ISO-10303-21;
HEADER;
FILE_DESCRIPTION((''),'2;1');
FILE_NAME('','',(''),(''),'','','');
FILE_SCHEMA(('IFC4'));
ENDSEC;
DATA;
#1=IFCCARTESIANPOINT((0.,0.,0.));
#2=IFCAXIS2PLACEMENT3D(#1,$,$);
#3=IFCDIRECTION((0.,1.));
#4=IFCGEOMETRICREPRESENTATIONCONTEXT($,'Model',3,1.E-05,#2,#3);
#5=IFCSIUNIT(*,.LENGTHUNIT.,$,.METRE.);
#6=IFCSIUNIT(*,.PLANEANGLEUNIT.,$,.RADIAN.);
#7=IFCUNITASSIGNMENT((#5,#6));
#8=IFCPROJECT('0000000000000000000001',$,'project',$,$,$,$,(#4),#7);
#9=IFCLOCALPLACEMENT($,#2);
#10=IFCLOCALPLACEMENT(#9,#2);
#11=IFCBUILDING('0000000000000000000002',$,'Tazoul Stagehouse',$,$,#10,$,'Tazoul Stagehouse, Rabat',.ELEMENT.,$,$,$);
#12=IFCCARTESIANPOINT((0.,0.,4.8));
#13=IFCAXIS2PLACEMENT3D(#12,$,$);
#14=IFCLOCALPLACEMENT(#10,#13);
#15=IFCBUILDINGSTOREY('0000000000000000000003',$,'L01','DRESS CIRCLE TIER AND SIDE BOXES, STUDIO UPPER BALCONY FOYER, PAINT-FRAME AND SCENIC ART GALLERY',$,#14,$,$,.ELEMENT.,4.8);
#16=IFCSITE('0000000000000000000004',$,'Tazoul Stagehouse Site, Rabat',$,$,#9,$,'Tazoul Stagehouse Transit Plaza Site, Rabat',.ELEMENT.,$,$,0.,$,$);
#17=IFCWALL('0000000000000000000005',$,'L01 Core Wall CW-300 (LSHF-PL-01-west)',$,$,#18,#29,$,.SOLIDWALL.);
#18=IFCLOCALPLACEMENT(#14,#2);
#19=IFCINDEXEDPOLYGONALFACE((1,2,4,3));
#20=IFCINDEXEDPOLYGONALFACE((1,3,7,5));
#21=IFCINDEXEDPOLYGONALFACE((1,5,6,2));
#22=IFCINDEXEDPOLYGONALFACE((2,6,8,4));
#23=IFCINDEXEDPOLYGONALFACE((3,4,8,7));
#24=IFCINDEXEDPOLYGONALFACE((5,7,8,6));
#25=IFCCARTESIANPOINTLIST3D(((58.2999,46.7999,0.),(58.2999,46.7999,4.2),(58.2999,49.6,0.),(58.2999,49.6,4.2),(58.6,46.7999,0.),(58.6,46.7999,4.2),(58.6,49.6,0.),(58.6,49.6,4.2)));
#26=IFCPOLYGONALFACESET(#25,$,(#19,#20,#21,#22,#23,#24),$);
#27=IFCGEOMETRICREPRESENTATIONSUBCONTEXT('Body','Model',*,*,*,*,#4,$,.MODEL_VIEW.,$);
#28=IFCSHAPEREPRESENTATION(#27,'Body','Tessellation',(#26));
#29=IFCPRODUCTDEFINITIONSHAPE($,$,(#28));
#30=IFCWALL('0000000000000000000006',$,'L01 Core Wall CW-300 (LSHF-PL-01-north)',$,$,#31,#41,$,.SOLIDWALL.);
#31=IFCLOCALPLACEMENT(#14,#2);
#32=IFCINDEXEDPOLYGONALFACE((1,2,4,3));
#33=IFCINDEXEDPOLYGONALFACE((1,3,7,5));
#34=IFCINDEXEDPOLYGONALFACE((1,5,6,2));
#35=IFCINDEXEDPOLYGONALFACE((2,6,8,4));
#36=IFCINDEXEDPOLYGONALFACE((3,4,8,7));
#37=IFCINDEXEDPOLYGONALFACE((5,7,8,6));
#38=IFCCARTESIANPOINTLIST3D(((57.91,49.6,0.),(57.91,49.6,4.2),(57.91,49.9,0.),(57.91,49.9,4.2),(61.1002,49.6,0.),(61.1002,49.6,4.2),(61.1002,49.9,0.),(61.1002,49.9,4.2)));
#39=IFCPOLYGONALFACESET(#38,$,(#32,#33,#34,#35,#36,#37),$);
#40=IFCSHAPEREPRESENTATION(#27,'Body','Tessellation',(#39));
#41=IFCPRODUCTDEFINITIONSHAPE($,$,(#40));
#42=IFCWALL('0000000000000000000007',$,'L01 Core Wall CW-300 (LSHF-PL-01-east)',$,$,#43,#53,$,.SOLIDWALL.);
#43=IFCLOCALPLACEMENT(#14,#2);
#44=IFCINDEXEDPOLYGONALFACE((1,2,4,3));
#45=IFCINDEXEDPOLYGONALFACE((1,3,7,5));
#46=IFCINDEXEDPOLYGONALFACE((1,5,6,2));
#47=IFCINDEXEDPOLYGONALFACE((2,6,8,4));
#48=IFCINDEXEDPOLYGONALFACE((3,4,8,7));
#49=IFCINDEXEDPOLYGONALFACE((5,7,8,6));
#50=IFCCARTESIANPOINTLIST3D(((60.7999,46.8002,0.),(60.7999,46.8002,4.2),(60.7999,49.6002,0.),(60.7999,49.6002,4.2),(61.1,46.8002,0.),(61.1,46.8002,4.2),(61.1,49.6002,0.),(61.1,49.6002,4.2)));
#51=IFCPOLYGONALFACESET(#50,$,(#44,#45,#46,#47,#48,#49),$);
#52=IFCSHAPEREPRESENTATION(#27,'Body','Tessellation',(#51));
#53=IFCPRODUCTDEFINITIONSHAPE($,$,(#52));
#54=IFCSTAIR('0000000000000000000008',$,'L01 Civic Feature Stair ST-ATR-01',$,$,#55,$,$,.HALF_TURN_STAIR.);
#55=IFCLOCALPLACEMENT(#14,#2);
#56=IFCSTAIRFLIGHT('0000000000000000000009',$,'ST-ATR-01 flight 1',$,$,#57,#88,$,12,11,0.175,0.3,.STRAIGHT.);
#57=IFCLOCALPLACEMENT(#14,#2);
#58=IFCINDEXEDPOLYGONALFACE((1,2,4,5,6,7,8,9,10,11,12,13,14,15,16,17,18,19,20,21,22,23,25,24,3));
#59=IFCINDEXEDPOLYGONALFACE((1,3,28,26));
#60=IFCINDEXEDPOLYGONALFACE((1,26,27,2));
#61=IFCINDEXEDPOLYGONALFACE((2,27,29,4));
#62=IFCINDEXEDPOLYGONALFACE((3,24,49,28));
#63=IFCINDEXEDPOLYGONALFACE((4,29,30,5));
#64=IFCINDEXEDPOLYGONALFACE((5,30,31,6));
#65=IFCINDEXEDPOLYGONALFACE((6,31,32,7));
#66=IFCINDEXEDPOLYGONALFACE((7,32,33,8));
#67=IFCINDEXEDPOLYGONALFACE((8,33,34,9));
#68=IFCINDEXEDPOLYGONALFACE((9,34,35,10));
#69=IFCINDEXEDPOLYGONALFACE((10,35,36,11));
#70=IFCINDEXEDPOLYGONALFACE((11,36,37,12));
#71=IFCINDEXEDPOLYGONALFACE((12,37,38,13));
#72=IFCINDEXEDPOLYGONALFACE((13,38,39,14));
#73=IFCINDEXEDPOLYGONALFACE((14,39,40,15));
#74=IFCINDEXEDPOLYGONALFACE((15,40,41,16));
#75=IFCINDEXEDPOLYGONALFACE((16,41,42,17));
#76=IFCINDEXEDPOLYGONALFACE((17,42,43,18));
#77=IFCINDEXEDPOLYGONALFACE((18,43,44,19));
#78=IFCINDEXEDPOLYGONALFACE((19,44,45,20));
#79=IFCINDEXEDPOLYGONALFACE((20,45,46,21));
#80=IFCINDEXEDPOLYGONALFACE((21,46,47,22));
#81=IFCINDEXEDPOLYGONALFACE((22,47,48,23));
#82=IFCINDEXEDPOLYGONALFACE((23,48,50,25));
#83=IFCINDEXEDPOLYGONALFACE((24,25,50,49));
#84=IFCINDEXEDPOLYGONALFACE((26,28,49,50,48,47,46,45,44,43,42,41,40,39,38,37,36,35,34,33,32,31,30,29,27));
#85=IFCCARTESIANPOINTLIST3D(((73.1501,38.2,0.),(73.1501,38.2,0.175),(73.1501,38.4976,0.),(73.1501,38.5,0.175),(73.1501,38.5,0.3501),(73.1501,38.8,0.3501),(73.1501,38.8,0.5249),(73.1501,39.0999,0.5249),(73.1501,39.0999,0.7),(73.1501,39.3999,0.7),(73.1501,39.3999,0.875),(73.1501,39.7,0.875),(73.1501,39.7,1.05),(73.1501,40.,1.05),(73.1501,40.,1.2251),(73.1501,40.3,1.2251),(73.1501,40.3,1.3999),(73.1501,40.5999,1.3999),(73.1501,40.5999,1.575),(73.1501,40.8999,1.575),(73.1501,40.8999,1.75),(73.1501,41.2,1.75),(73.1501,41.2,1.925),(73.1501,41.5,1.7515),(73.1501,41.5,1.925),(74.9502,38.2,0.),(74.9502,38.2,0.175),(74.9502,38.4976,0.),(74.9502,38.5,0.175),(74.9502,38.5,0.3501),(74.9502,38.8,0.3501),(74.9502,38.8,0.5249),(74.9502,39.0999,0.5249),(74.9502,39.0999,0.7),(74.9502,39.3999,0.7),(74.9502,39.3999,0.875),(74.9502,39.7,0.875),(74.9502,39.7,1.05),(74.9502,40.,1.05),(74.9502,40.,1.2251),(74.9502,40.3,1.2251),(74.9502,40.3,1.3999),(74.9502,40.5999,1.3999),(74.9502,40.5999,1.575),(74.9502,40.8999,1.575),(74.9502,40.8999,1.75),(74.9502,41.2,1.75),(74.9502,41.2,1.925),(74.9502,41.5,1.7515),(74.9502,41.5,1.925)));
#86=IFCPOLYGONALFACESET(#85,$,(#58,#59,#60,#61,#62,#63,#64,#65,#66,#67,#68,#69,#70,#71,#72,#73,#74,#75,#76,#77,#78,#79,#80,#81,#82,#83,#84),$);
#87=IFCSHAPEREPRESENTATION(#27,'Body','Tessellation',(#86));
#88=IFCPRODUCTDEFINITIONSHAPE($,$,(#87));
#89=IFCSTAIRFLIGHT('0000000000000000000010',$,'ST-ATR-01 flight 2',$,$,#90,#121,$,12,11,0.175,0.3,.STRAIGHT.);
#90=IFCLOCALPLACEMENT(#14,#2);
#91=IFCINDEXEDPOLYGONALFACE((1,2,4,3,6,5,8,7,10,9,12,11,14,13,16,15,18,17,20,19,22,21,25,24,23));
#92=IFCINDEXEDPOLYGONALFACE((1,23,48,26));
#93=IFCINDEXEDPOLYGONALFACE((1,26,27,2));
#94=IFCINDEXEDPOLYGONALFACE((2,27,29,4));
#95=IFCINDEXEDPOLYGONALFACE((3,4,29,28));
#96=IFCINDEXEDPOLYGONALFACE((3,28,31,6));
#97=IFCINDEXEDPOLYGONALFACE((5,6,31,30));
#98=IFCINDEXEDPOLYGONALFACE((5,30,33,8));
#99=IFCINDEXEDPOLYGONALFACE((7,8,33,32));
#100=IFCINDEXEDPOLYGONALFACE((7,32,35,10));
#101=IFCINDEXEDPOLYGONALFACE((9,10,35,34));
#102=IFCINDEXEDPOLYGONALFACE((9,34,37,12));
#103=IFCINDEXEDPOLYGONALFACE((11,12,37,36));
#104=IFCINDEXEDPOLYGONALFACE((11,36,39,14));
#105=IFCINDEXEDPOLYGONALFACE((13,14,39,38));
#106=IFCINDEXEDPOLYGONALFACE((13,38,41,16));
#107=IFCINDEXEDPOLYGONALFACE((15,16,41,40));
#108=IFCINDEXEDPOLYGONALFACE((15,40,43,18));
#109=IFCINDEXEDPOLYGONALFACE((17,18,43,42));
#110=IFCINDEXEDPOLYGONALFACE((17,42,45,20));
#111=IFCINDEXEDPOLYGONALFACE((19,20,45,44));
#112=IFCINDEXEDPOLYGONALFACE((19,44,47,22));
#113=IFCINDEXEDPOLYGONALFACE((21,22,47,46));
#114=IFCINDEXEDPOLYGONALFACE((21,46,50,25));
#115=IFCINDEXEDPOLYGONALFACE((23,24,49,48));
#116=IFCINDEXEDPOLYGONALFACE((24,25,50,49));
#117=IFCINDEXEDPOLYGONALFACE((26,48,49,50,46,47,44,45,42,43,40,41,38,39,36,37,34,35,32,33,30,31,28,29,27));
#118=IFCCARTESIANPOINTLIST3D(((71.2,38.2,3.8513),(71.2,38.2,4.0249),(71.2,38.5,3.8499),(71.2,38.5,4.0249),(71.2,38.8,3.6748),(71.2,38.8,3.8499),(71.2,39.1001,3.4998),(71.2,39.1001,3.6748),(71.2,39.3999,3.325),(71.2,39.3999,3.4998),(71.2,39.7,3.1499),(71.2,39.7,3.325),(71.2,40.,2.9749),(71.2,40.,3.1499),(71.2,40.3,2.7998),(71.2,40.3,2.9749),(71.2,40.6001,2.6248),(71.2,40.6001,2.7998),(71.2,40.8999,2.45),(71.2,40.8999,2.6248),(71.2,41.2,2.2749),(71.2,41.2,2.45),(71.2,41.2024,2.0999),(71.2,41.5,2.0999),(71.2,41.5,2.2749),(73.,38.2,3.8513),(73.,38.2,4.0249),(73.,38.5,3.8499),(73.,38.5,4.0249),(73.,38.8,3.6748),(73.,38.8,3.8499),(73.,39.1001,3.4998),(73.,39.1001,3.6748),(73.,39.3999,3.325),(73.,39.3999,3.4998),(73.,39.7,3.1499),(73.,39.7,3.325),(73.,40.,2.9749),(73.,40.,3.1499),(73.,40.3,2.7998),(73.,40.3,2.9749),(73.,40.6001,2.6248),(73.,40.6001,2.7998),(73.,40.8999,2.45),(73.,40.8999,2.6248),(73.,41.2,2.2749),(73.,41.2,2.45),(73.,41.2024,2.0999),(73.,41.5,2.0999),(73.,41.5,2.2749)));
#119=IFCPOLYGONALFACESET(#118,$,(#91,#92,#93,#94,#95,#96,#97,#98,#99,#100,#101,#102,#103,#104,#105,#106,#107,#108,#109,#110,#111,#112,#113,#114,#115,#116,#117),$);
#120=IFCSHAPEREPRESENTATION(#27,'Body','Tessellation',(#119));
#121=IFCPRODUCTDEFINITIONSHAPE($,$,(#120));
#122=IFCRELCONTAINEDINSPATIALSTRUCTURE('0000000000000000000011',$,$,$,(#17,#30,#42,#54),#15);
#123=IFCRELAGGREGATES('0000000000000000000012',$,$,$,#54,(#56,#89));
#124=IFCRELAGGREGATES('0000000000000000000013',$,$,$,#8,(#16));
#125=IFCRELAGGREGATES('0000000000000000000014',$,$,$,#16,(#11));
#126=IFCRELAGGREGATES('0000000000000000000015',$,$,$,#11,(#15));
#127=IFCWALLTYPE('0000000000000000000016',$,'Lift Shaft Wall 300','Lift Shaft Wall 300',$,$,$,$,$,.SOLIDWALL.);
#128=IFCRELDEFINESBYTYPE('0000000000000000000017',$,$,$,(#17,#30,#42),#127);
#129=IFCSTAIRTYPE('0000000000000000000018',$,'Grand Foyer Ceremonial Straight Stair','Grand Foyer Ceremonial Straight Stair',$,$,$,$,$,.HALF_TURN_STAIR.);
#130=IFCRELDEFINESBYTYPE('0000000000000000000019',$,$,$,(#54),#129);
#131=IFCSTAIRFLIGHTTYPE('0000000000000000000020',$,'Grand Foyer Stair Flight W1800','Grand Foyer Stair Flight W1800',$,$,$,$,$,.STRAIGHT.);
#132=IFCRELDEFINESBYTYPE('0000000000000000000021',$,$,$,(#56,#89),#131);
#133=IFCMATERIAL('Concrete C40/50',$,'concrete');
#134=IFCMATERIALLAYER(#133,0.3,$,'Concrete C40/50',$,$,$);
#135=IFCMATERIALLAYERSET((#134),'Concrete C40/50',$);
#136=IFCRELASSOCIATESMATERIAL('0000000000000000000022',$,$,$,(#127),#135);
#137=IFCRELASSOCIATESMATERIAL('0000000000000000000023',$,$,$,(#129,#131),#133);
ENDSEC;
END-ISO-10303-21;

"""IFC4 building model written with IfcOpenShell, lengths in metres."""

from ifc_helpers import new_model, si_unit, direction, frame, frame_2d, origin, place, context, subcontext, project, spatial, polyline, rectangle, outline, extrude, material, layer, layer_set, type_object, element, aggregate, save


model = new_model("IFC4")

# Units and contexts
model_context = context("Model", 3, precision=1e-05, world=origin(), true_north=direction((0.0, 1.0)))
body_context = subcontext(model_context, "Body", "Model", "MODEL_VIEW")
ifc_project = project(units=[si_unit("LENGTHUNIT", "METRE"), si_unit("PLANEANGLEUNIT", "RADIAN")], contexts=[model_context])

# Site, building, storey
site_placement = place(None, origin())
site = spatial("IfcSite", under=ifc_project, at=site_placement, Name="Tazoul Stagehouse Site, Rabat", LongName="Tazoul Stagehouse Transit Plaza Site, Rabat", CompositionType="ELEMENT", RefElevation=0.0)
building_placement = place(site_placement, origin())
building = spatial("IfcBuilding", under=site, at=building_placement, Name="Tazoul Stagehouse", LongName="Tazoul Stagehouse, Rabat", CompositionType="ELEMENT")
storey_placement = place(building_placement, frame((0.0, 0.0, 4.8)))
storey = spatial("IfcBuildingStorey", under=building, at=storey_placement, Name="L01", Description="DRESS CIRCLE TIER AND SIDE BOXES, STUDIO UPPER BALCONY FOYER, PAINT-FRAME AND SCENIC ART GALLERY", CompositionType="ELEMENT", Elevation=4.8)

# Shared definitions
ifc_material_1 = material(Name="Concrete C40/50", Category="concrete")

# Shared definitions
ifc_layer_1 = layer(ifc_material_1, 0.3, Name="Concrete C40/50")
ifc_layer_set_1 = layer_set([ifc_layer_1], Name="Concrete C40/50")
wall_type_1 = type_object("IfcWallType", Name="Lift Shaft Wall 300", Description="Lift Shaft Wall 300", PredefinedType="SOLIDWALL", material=ifc_layer_set_1)

# Walls
wall_1_placement = place(storey_placement, frame((58.45, 46.8, 0.0), z_axis=(0.0, 0.0, 1.0), x_axis=(0.0, 1.0, 0.0)))
element("IfcWall", 1, at=wall_1_placement, inside=storey, type_object=wall_type_1, Name="L01 Core Wall CW-300 (LSHF-PL-01-west)", PredefinedType="SOLIDWALL", context=body_context, shape_type="SweptSolid", body=[
    extrude(rectangle(XDim=2.8, YDim=0.3, at=frame_2d((1.3999, 0.0))), origin(), (0.0, 0.0, 1.0), 4.2),
])
wall_2_placement = place(storey_placement, frame((57.9099, 49.75, 0.0), z_axis=(0.0, 0.0, 1.0), x_axis=(1.0, 0.0, 0.0)))
element("IfcWall", 2, at=wall_2_placement, inside=storey, type_object=wall_type_1, Name="L01 Core Wall CW-300 (LSHF-PL-01-north)", PredefinedType="SOLIDWALL", context=body_context, shape_type="SweptSolid", body=[
    extrude(rectangle(XDim=3.1902, YDim=0.3, at=frame_2d((1.5952, 0.0))), origin(), (0.0, 0.0, 1.0), 4.2),
])
wall_3_placement = place(storey_placement, frame((60.95, 49.6001, 0.0), z_axis=(0.0, 0.0, 1.0), x_axis=(0.0, -1.0, 0.0)))
element("IfcWall", 3, at=wall_3_placement, inside=storey, type_object=wall_type_1, Name="L01 Core Wall CW-300 (LSHF-PL-01-east)", PredefinedType="SOLIDWALL", context=body_context, shape_type="SweptSolid", body=[
    extrude(rectangle(XDim=2.8, YDim=0.3, at=frame_2d((1.3999, 0.0))), origin(), (0.0, 0.0, 1.0), 4.2),
])

# Stair, stair flights
stair_type = type_object("IfcStairType", Name="Grand Foyer Ceremonial Straight Stair", Description="Grand Foyer Ceremonial Straight Stair", PredefinedType="HALF_TURN_STAIR", material=ifc_material_1)
stair_placement = place(storey_placement, origin())
stair = element("IfcStair", 4, at=stair_placement, inside=storey, type_object=stair_type, Name="L01 Civic Feature Stair ST-ATR-01", PredefinedType="HALF_TURN_STAIR")
stair_flight_type = type_object("IfcStairFlightType", Name="Grand Foyer Stair Flight W1800", Description="Grand Foyer Stair Flight W1800", PredefinedType="STRAIGHT", material=ifc_material_1)
stair_flight_1_placement = place(storey_placement, frame((74.05, 38.2, 0.0), z_axis=(0.0, 0.0, 1.0), x_axis=(0.0, 1.0, 0.0)))
stair_flight_1 = element("IfcStairFlight", 5, at=stair_flight_1_placement, type_object=stair_flight_type, Name="ST-ATR-01 flight 1", NumberOfRisers=12, NumberOfTreads=11, PredefinedType="STRAIGHT", RiserHeight=0.175, TreadLength=0.3, context=body_context, shape_type="SweptSolid", body=[
    extrude(outline(polyline([(0.0, 0.0), (0.0, 0.175), (0.3, 0.175), (0.3, 0.3501), (0.6001, 0.3501), (0.6001, 0.5249), (0.8999, 0.5249), (0.8999, 0.7), (1.2, 0.7), (1.2, 0.875), (1.5, 0.875), (1.5, 1.05), (1.8, 1.05), (1.8, 1.2251), (2.1001, 1.2251), (2.1001, 1.3999), (2.3999, 1.3999), (2.3999, 1.575), (2.7, 1.575), (2.7, 1.75), (3.0, 1.75), (3.0, 1.925), (3.3, 1.925), (3.3, 2.1001), (3.3, 1.7515), (0.2976, 0.0), (0.0, 0.0)])), frame((0.0, 0.8999, 0.0), z_axis=(0.0, -1.0, 0.0), x_axis=(1.0, 0.0, 0.0)), (0.0, 0.0, 1.0), 1.8),
])
stair_flight_2_placement = place(storey_placement, frame((72.1001, 41.5, 2.0999), z_axis=(0.0, 0.0, 1.0), x_axis=(0.0, -1.0, 0.0)))
stair_flight_2 = element("IfcStairFlight", 6, at=stair_flight_2_placement, type_object=stair_flight_type, Name="ST-ATR-01 flight 2", NumberOfRisers=12, NumberOfTreads=11, PredefinedType="STRAIGHT", RiserHeight=0.175, TreadLength=0.3, context=body_context, shape_type="SweptSolid", body=[
    extrude(outline(polyline([(0.0, 0.0), (0.0, 0.175), (0.3, 0.175), (0.3, 0.3501), (0.6001, 0.3501), (0.6001, 0.5249), (0.8999, 0.5249), (0.8999, 0.7), (1.2, 0.7), (1.2, 0.875), (1.5, 0.875), (1.5, 1.05), (1.8, 1.05), (1.8, 1.2251), (2.1001, 1.2251), (2.1001, 1.3999), (2.3999, 1.3999), (2.3999, 1.575), (2.7, 1.575), (2.7, 1.75), (3.0, 1.75), (3.0, 1.925), (3.3, 1.925), (3.3, 2.1001), (3.3, 1.7515), (0.2976, 0.0), (0.0, 0.0)])), frame((0.0, 0.8999, 0.0), z_axis=(0.0, -1.0, 0.0), x_axis=(1.0, 0.0, 0.0)), (0.0, 0.0, 1.0), 1.8),
])
aggregate(stair, [stair_flight_1, stair_flight_2])

save(model, "model.ifc")
